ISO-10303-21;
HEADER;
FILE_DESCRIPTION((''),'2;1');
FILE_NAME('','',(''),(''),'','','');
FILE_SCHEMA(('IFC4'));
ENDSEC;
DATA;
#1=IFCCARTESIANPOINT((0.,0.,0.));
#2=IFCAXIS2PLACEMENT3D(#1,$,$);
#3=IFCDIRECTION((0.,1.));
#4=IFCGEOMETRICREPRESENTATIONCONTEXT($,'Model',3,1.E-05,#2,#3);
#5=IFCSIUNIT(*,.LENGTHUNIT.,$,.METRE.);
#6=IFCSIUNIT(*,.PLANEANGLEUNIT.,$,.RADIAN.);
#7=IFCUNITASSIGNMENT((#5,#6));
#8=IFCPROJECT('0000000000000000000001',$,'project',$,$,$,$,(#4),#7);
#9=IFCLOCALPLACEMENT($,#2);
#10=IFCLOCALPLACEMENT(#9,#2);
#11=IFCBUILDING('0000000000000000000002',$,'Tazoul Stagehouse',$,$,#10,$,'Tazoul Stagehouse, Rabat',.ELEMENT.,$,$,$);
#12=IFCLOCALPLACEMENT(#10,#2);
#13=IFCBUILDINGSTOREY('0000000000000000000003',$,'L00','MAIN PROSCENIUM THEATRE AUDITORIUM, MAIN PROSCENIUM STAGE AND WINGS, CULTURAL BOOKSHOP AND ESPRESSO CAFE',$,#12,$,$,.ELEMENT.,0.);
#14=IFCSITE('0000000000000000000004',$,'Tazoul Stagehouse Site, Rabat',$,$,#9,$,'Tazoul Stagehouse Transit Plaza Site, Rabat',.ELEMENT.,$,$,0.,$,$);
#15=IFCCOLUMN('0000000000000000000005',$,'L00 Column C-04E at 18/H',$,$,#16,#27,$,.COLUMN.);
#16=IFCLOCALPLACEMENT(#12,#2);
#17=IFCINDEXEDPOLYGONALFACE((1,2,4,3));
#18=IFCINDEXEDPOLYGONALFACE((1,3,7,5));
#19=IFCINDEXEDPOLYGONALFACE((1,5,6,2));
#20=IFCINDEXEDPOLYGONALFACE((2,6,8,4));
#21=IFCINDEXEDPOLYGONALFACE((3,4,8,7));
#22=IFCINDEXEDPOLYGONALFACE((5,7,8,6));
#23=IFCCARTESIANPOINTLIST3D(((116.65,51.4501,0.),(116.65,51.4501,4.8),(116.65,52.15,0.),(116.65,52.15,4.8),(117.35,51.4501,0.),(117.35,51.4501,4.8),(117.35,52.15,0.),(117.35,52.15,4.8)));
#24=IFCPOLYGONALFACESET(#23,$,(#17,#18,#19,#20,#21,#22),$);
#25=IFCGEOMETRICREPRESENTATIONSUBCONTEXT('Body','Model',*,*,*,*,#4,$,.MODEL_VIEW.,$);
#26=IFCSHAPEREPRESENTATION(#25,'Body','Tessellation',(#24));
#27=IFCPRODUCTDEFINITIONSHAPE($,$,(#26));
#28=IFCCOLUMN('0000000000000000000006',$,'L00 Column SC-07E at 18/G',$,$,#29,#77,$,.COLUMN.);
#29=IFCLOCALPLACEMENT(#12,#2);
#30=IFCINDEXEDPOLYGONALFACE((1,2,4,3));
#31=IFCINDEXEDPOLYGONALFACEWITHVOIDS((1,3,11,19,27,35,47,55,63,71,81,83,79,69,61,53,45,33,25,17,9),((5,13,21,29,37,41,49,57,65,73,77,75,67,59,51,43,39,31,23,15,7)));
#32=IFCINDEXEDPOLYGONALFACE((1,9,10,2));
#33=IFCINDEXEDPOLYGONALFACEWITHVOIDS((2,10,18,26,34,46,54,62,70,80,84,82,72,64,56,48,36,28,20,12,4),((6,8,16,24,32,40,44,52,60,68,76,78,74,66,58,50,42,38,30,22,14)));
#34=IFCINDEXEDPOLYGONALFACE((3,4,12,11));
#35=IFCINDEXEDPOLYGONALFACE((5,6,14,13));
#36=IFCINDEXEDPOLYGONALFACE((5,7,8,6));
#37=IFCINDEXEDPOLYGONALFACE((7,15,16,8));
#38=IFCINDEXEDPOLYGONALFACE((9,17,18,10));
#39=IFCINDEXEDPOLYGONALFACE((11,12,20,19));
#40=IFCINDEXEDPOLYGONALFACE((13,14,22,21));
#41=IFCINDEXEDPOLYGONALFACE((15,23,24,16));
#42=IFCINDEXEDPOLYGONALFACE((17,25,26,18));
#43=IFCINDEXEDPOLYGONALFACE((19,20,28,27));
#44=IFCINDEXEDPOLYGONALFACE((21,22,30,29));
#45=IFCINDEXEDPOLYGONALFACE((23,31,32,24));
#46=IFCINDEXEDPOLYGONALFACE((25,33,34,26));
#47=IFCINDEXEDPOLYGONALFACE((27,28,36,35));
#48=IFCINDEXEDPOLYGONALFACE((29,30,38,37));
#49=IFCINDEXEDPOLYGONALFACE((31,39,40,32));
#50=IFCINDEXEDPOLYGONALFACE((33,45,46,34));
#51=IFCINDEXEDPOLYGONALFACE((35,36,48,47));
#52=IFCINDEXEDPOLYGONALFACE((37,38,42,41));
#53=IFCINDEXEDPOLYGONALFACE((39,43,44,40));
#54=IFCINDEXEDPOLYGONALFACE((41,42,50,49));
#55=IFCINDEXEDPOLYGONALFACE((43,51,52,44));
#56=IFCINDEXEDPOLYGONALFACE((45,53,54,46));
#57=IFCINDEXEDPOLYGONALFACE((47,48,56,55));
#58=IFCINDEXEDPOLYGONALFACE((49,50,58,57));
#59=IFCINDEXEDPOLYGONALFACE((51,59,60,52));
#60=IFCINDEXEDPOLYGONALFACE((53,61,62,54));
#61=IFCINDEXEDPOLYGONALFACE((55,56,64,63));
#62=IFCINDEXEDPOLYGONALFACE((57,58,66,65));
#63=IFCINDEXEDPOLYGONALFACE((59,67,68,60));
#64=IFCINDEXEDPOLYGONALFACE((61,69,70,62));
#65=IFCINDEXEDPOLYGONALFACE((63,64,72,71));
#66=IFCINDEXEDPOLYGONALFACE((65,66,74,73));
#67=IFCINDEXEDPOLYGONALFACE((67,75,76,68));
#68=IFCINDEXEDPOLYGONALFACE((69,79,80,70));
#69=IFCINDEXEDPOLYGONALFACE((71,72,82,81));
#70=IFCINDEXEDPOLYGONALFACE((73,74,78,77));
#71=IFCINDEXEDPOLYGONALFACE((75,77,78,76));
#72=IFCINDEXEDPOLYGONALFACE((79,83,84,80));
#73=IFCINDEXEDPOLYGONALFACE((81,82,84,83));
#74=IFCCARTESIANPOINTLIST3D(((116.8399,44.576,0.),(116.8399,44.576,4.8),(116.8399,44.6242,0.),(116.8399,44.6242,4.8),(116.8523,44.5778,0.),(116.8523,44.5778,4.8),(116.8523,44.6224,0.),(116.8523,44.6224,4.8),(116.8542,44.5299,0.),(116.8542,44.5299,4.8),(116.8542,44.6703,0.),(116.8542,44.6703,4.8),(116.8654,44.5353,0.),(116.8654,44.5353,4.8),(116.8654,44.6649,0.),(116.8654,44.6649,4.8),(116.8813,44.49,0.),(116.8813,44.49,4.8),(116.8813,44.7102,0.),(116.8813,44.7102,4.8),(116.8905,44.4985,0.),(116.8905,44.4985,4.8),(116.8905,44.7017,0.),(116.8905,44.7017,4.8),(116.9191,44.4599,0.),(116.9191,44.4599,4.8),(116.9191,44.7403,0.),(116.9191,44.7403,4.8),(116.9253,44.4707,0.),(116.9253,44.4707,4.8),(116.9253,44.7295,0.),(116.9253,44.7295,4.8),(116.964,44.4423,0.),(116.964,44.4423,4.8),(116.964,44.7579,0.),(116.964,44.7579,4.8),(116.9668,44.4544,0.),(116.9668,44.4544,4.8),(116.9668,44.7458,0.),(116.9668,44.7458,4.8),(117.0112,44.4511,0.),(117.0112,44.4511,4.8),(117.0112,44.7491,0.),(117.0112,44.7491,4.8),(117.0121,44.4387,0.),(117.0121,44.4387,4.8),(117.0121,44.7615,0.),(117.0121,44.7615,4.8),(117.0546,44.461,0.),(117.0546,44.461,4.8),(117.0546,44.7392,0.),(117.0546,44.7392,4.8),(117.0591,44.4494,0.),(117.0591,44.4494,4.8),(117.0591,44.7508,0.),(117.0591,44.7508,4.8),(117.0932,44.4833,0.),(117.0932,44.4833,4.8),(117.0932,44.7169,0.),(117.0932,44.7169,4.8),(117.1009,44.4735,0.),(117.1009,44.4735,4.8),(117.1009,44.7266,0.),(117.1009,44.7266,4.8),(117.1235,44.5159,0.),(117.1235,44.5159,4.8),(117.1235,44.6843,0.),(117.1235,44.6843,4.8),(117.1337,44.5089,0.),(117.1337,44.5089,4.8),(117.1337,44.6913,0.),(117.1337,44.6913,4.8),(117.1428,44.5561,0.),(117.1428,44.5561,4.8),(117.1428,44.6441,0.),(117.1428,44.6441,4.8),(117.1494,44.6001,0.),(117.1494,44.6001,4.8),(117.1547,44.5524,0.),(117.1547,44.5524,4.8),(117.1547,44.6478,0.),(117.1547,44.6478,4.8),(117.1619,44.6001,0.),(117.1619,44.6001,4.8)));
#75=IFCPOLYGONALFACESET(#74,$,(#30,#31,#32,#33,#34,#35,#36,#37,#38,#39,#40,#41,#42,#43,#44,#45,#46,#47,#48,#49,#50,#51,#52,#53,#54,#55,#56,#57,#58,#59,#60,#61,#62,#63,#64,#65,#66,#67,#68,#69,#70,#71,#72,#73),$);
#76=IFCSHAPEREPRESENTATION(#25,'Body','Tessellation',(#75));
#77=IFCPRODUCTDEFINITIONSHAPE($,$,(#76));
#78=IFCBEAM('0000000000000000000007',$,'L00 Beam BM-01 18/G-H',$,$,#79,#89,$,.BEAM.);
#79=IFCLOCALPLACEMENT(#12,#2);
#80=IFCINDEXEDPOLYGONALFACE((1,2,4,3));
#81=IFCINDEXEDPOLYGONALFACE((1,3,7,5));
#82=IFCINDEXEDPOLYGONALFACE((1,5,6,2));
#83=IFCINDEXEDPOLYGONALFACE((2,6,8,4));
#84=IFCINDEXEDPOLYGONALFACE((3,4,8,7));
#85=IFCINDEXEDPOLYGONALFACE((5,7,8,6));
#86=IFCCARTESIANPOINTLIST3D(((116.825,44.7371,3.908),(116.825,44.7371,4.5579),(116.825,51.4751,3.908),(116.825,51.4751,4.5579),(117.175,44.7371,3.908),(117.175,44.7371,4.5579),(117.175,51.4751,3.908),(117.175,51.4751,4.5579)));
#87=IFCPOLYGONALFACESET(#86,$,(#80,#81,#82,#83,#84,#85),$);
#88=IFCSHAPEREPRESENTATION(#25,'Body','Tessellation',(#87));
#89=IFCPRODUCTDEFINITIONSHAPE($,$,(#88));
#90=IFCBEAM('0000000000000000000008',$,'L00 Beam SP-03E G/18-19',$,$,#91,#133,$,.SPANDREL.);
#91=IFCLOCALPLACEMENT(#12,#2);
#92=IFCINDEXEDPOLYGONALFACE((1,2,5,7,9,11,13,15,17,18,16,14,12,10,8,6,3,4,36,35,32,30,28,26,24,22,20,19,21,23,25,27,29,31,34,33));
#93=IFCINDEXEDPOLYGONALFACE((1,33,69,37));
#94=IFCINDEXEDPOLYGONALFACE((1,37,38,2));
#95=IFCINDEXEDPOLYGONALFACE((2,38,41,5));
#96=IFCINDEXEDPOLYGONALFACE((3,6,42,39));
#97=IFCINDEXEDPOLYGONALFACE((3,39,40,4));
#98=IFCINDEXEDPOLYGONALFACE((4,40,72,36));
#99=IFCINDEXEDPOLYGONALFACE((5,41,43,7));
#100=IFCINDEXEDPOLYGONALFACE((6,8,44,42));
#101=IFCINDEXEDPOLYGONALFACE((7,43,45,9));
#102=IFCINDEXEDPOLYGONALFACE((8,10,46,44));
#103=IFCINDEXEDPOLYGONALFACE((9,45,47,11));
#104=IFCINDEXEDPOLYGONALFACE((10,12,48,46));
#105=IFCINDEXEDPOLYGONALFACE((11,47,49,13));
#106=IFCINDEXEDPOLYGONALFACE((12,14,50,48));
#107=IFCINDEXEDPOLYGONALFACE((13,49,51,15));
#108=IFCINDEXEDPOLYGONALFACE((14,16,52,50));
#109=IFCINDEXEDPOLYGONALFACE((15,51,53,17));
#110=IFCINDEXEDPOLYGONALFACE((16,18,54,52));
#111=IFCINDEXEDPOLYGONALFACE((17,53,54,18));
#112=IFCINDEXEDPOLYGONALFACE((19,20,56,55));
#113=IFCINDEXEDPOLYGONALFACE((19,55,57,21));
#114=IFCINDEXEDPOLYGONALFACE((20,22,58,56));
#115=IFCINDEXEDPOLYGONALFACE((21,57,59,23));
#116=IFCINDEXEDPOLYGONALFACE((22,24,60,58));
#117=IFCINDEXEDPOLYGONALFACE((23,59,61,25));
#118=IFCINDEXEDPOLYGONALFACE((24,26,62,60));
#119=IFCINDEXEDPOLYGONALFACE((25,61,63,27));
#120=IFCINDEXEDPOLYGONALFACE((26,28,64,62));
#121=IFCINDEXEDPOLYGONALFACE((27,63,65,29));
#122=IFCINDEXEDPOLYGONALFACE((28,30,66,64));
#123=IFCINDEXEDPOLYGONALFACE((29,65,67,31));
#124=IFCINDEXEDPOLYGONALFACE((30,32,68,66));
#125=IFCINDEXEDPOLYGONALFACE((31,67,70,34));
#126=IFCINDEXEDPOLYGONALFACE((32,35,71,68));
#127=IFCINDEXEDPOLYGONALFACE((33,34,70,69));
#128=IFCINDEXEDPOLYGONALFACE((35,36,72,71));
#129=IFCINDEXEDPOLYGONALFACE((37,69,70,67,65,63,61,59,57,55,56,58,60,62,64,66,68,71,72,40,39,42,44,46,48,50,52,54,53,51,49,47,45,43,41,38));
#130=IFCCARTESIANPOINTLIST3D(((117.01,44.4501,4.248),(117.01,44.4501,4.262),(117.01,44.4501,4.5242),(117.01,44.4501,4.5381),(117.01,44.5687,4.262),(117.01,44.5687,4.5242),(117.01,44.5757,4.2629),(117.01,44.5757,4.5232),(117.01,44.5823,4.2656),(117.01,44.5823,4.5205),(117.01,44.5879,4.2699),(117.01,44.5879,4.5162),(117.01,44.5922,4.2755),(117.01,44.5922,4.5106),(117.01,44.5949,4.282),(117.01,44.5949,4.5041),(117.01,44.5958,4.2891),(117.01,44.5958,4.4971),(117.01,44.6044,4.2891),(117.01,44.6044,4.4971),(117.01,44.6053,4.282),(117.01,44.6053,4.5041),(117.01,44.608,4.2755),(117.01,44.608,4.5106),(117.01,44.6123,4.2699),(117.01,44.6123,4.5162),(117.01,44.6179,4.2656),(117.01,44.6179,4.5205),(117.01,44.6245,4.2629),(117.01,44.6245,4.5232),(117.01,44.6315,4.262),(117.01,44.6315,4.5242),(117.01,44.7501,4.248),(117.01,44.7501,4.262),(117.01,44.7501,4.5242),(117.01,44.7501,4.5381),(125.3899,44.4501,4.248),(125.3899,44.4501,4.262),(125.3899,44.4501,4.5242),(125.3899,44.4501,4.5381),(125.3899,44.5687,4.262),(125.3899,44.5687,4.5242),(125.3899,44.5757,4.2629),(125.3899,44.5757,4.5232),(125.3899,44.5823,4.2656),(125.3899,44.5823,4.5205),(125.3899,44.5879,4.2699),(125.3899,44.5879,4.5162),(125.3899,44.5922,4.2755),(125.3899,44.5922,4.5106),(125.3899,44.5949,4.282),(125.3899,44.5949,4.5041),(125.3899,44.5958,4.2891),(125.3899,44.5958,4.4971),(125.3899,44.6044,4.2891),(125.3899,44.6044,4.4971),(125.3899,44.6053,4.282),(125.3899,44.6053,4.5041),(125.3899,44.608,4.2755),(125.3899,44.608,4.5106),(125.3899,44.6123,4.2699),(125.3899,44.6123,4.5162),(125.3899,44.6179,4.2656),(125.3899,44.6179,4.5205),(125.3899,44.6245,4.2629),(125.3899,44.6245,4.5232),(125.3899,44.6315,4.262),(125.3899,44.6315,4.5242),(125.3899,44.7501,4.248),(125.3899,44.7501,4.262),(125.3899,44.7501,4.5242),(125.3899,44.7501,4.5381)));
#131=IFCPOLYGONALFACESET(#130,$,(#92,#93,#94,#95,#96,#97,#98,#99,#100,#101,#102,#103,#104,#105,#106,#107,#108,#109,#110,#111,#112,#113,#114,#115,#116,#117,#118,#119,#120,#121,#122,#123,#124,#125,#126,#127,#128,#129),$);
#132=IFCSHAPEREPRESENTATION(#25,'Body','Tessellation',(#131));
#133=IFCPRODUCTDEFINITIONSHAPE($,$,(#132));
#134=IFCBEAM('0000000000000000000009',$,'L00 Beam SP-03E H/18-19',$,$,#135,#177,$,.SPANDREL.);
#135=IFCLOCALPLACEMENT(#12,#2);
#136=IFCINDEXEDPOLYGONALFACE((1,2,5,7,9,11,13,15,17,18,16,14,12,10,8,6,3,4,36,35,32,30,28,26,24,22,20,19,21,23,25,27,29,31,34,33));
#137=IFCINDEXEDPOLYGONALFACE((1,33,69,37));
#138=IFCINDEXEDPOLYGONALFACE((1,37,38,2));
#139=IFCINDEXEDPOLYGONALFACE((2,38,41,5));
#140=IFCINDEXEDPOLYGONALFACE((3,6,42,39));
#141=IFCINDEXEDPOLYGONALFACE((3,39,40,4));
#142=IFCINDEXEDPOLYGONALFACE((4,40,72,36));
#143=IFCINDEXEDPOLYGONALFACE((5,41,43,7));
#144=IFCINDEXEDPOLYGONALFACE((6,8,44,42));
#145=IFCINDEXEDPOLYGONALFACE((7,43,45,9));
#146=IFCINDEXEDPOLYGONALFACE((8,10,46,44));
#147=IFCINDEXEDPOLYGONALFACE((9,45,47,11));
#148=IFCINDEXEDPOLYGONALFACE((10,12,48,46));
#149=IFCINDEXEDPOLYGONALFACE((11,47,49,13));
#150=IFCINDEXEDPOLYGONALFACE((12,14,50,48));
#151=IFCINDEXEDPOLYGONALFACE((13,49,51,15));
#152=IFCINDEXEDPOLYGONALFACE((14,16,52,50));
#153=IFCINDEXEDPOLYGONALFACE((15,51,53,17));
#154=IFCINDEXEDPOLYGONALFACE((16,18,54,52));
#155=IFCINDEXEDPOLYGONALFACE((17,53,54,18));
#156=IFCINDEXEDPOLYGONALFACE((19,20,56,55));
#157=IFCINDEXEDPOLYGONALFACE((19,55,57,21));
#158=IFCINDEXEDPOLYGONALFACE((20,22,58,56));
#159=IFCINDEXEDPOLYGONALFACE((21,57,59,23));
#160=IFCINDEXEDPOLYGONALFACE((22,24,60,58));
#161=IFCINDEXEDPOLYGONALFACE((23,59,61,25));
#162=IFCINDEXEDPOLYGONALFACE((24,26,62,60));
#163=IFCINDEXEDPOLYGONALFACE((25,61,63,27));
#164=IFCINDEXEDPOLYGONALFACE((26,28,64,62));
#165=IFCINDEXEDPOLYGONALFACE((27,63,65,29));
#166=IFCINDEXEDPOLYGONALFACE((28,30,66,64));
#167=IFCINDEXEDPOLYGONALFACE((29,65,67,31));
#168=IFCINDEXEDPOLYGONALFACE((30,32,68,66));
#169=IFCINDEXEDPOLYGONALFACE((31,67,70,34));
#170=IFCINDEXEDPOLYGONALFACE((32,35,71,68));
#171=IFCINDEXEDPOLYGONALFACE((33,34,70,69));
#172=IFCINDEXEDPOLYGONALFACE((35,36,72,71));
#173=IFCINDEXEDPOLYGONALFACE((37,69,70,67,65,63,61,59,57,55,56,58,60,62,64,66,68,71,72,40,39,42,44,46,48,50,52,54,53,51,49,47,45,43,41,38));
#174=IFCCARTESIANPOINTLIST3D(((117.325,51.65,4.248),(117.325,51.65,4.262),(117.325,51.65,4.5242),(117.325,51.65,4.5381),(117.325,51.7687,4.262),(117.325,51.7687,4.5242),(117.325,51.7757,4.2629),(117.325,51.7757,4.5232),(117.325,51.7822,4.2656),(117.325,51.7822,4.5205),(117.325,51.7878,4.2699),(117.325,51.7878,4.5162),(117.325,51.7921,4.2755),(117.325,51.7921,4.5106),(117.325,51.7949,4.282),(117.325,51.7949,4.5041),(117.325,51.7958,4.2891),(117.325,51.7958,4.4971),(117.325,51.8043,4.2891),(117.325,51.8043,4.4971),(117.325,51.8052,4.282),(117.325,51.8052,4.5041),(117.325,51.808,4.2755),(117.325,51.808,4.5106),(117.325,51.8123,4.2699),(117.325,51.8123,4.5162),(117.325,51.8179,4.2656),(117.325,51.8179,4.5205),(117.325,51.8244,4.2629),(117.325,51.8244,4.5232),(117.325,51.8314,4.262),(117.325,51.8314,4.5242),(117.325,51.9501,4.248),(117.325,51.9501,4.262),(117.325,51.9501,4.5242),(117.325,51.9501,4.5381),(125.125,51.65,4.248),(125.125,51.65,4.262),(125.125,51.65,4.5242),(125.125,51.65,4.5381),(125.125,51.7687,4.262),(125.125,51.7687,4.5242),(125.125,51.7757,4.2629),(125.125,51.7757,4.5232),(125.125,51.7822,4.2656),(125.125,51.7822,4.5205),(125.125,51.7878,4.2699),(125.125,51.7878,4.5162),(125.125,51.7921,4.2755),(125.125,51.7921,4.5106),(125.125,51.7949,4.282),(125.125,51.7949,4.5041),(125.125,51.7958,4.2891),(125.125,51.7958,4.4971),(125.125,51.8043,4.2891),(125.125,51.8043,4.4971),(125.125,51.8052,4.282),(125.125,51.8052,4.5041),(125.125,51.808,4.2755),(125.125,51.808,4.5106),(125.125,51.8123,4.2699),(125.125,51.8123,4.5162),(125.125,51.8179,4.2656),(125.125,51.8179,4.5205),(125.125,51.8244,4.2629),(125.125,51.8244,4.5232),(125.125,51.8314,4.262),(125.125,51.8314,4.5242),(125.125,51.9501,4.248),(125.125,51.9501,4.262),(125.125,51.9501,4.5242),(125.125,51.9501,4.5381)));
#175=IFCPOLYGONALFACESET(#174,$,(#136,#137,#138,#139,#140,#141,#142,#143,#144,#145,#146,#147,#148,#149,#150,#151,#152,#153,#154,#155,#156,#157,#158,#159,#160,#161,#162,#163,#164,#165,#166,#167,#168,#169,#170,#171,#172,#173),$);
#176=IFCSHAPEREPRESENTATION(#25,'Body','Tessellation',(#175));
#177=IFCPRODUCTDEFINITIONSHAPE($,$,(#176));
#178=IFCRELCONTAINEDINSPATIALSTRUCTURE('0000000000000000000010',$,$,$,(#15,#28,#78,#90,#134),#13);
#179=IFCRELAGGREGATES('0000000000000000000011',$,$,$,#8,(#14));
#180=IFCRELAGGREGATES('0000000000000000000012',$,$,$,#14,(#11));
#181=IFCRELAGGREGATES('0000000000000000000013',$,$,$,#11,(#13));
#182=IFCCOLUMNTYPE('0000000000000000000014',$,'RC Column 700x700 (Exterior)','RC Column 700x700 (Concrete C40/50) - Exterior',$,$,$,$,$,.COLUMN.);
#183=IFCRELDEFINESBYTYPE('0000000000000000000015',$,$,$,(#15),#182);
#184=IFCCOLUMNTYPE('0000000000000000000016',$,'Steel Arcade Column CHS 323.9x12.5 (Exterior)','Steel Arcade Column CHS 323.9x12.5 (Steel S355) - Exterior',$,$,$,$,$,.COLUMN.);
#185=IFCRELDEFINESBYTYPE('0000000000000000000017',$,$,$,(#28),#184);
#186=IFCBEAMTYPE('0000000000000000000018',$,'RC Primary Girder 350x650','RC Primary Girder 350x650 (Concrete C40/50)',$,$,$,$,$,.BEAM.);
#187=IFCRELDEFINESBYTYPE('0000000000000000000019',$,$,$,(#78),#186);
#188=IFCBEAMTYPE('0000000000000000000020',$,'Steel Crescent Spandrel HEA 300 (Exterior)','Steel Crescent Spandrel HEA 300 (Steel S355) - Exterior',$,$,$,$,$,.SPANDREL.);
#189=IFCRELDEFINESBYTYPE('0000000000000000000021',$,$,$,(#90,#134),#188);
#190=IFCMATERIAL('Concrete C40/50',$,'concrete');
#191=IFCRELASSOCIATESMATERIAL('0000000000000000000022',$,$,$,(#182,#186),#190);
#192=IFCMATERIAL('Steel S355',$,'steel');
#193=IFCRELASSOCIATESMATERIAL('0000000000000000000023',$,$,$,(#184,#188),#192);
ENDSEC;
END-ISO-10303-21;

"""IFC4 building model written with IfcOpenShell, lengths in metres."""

from ifc_helpers import new_model, si_unit, direction, frame, origin, origin_2d, place, context, subcontext, project, spatial, rectangle, hollow_circle, i_section, extrude, material, material_profile, profile_set, type_object, element, save


model = new_model("IFC4")

# Units and contexts
model_context = context("Model", 3, precision=1e-05, world=origin(), true_north=direction((0.0, 1.0)))
body_context = subcontext(model_context, "Body", "Model", "MODEL_VIEW")
ifc_project = project(units=[si_unit("LENGTHUNIT", "METRE"), si_unit("PLANEANGLEUNIT", "RADIAN")], contexts=[model_context])

# Site, building, storey
site_placement = place(None, origin())
site = spatial("IfcSite", under=ifc_project, at=site_placement, Name="Tazoul Stagehouse Site, Rabat", LongName="Tazoul Stagehouse Transit Plaza Site, Rabat", CompositionType="ELEMENT", RefElevation=0.0)
building_placement = place(site_placement, origin())
building = spatial("IfcBuilding", under=site, at=building_placement, Name="Tazoul Stagehouse", LongName="Tazoul Stagehouse, Rabat", CompositionType="ELEMENT")
storey_placement = place(building_placement, origin())
storey = spatial("IfcBuildingStorey", under=building, at=storey_placement, Name="L00", Description="MAIN PROSCENIUM THEATRE AUDITORIUM, MAIN PROSCENIUM STAGE AND WINGS, CULTURAL BOOKSHOP AND ESPRESSO CAFE", CompositionType="ELEMENT", Elevation=0.0)

# Columns
ifc_material_1 = material(Name="Concrete C40/50", Category="concrete")
ifc_material_profile_1 = material_profile(ifc_material_1, rectangle(XDim=0.7, YDim=0.7, at=origin_2d()), Name="RC 700x700")
ifc_profile_set_1 = profile_set([ifc_material_profile_1], Name="Concrete C40/50")
column_type_1 = type_object("IfcColumnType", Name="RC Column 700x700 (Exterior)", Description="RC Column 700x700 (Concrete C40/50) - Exterior", PredefinedType="COLUMN", material=ifc_profile_set_1)
column_1_placement = place(storey_placement, frame((117.0, 51.8, 0.0), z_axis=(0.0, 0.0, 1.0), x_axis=(1.0, 0.0, 0.0)))
element("IfcColumn", 1, at=column_1_placement, inside=storey, type_object=column_type_1, Name="L00 Column C-04E at 18/H", PredefinedType="COLUMN", context=body_context, shape_type="SweptSolid", body=[
    extrude(rectangle(XDim=0.7, YDim=0.7, at=origin_2d()), origin(), (0.0, 0.0, 1.0), 4.8),
])
ifc_material_2 = material(Name="Steel S355", Category="steel")
ifc_material_profile_2 = material_profile(ifc_material_2, hollow_circle(Radius=0.1619, WallThickness=0.0125, at=origin_2d()), Name="CHS 323.9x12.5")
ifc_profile_set_2 = profile_set([ifc_material_profile_2], Name="Steel S355")
column_type_2 = type_object("IfcColumnType", Name="Steel Arcade Column CHS 323.9x12.5 (Exterior)", Description="Steel Arcade Column CHS 323.9x12.5 (Steel S355) - Exterior", PredefinedType="COLUMN", material=ifc_profile_set_2)
column_2_placement = place(storey_placement, frame((117.0, 44.6001, 0.0), z_axis=(0.0, 0.0, 1.0), x_axis=(1.0, 0.0, 0.0)))
element("IfcColumn", 2, at=column_2_placement, inside=storey, type_object=column_type_2, Name="L00 Column SC-07E at 18/G", PredefinedType="COLUMN", context=body_context, shape_type="SweptSolid", body=[
    extrude(hollow_circle(Radius=0.1619, WallThickness=0.0125, at=origin_2d()), origin(), (0.0, 0.0, 1.0), 4.8),
])

# Beams
ifc_material_profile_3 = material_profile(ifc_material_1, rectangle(XDim=0.3501, YDim=0.6499, at=origin_2d()), Name="RC 350x650")
ifc_profile_set_3 = profile_set([ifc_material_profile_3], Name="Concrete C40/50")
beam_type_1 = type_object("IfcBeamType", Name="RC Primary Girder 350x650", Description="RC Primary Girder 350x650 (Concrete C40/50)", PredefinedType="BEAM", material=ifc_profile_set_3)
beam_1_placement = place(storey_placement, frame((117.0, 44.7371, 4.2329), z_axis=(0.0, 1.0, 0.0), x_axis=(-1.0, 0.0, 0.0)))
element("IfcBeam", 3, at=beam_1_placement, inside=storey, type_object=beam_type_1, Name="L00 Beam BM-01 18/G-H", PredefinedType="BEAM", context=body_context, shape_type="SweptSolid", body=[
    extrude(rectangle(XDim=0.3501, YDim=0.6499, at=origin_2d()), origin(), (0.0, 0.0, 1.0), 6.738),
])
ifc_material_profile_4 = material_profile(ifc_material_2, i_section(OverallWidth=0.3, OverallDepth=0.29, WebThickness=0.0085, FlangeThickness=0.0139, FilletRadius=0.0271, at=origin_2d()), Name="HEA 300")
ifc_profile_set_4 = profile_set([ifc_material_profile_4], Name="Steel S355")
beam_type_2 = type_object("IfcBeamType", Name="Steel Crescent Spandrel HEA 300 (Exterior)", Description="Steel Crescent Spandrel HEA 300 (Steel S355) - Exterior", PredefinedType="SPANDREL", material=ifc_profile_set_4)
beam_2_placement = place(storey_placement, frame((117.01, 44.6001, 4.3931), z_axis=(1.0, 0.0, 0.0), x_axis=(0.0, 1.0, 0.0)))
element("IfcBeam", 4, at=beam_2_placement, inside=storey, type_object=beam_type_2, Name="L00 Beam SP-03E G/18-19", PredefinedType="SPANDREL", context=body_context, shape_type="SweptSolid", body=[
    extrude(i_section(OverallWidth=0.3, OverallDepth=0.29, WebThickness=0.0085, FlangeThickness=0.0139, FilletRadius=0.0271, at=origin_2d()), origin(), (0.0, 0.0, 1.0), 8.3799),
])
beam_3_placement = place(storey_placement, frame((117.325, 51.8, 4.3931), z_axis=(1.0, 0.0, 0.0), x_axis=(0.0, 1.0, 0.0)))
element("IfcBeam", 5, at=beam_3_placement, inside=storey, type_object=beam_type_2, Name="L00 Beam SP-03E H/18-19", PredefinedType="SPANDREL", context=body_context, shape_type="SweptSolid", body=[
    extrude(i_section(OverallWidth=0.3, OverallDepth=0.29, WebThickness=0.0085, FlangeThickness=0.0139, FilletRadius=0.0271, at=origin_2d()), origin(), (0.0, 0.0, 1.0), 7.8),
])

save(model, "model.ifc")
